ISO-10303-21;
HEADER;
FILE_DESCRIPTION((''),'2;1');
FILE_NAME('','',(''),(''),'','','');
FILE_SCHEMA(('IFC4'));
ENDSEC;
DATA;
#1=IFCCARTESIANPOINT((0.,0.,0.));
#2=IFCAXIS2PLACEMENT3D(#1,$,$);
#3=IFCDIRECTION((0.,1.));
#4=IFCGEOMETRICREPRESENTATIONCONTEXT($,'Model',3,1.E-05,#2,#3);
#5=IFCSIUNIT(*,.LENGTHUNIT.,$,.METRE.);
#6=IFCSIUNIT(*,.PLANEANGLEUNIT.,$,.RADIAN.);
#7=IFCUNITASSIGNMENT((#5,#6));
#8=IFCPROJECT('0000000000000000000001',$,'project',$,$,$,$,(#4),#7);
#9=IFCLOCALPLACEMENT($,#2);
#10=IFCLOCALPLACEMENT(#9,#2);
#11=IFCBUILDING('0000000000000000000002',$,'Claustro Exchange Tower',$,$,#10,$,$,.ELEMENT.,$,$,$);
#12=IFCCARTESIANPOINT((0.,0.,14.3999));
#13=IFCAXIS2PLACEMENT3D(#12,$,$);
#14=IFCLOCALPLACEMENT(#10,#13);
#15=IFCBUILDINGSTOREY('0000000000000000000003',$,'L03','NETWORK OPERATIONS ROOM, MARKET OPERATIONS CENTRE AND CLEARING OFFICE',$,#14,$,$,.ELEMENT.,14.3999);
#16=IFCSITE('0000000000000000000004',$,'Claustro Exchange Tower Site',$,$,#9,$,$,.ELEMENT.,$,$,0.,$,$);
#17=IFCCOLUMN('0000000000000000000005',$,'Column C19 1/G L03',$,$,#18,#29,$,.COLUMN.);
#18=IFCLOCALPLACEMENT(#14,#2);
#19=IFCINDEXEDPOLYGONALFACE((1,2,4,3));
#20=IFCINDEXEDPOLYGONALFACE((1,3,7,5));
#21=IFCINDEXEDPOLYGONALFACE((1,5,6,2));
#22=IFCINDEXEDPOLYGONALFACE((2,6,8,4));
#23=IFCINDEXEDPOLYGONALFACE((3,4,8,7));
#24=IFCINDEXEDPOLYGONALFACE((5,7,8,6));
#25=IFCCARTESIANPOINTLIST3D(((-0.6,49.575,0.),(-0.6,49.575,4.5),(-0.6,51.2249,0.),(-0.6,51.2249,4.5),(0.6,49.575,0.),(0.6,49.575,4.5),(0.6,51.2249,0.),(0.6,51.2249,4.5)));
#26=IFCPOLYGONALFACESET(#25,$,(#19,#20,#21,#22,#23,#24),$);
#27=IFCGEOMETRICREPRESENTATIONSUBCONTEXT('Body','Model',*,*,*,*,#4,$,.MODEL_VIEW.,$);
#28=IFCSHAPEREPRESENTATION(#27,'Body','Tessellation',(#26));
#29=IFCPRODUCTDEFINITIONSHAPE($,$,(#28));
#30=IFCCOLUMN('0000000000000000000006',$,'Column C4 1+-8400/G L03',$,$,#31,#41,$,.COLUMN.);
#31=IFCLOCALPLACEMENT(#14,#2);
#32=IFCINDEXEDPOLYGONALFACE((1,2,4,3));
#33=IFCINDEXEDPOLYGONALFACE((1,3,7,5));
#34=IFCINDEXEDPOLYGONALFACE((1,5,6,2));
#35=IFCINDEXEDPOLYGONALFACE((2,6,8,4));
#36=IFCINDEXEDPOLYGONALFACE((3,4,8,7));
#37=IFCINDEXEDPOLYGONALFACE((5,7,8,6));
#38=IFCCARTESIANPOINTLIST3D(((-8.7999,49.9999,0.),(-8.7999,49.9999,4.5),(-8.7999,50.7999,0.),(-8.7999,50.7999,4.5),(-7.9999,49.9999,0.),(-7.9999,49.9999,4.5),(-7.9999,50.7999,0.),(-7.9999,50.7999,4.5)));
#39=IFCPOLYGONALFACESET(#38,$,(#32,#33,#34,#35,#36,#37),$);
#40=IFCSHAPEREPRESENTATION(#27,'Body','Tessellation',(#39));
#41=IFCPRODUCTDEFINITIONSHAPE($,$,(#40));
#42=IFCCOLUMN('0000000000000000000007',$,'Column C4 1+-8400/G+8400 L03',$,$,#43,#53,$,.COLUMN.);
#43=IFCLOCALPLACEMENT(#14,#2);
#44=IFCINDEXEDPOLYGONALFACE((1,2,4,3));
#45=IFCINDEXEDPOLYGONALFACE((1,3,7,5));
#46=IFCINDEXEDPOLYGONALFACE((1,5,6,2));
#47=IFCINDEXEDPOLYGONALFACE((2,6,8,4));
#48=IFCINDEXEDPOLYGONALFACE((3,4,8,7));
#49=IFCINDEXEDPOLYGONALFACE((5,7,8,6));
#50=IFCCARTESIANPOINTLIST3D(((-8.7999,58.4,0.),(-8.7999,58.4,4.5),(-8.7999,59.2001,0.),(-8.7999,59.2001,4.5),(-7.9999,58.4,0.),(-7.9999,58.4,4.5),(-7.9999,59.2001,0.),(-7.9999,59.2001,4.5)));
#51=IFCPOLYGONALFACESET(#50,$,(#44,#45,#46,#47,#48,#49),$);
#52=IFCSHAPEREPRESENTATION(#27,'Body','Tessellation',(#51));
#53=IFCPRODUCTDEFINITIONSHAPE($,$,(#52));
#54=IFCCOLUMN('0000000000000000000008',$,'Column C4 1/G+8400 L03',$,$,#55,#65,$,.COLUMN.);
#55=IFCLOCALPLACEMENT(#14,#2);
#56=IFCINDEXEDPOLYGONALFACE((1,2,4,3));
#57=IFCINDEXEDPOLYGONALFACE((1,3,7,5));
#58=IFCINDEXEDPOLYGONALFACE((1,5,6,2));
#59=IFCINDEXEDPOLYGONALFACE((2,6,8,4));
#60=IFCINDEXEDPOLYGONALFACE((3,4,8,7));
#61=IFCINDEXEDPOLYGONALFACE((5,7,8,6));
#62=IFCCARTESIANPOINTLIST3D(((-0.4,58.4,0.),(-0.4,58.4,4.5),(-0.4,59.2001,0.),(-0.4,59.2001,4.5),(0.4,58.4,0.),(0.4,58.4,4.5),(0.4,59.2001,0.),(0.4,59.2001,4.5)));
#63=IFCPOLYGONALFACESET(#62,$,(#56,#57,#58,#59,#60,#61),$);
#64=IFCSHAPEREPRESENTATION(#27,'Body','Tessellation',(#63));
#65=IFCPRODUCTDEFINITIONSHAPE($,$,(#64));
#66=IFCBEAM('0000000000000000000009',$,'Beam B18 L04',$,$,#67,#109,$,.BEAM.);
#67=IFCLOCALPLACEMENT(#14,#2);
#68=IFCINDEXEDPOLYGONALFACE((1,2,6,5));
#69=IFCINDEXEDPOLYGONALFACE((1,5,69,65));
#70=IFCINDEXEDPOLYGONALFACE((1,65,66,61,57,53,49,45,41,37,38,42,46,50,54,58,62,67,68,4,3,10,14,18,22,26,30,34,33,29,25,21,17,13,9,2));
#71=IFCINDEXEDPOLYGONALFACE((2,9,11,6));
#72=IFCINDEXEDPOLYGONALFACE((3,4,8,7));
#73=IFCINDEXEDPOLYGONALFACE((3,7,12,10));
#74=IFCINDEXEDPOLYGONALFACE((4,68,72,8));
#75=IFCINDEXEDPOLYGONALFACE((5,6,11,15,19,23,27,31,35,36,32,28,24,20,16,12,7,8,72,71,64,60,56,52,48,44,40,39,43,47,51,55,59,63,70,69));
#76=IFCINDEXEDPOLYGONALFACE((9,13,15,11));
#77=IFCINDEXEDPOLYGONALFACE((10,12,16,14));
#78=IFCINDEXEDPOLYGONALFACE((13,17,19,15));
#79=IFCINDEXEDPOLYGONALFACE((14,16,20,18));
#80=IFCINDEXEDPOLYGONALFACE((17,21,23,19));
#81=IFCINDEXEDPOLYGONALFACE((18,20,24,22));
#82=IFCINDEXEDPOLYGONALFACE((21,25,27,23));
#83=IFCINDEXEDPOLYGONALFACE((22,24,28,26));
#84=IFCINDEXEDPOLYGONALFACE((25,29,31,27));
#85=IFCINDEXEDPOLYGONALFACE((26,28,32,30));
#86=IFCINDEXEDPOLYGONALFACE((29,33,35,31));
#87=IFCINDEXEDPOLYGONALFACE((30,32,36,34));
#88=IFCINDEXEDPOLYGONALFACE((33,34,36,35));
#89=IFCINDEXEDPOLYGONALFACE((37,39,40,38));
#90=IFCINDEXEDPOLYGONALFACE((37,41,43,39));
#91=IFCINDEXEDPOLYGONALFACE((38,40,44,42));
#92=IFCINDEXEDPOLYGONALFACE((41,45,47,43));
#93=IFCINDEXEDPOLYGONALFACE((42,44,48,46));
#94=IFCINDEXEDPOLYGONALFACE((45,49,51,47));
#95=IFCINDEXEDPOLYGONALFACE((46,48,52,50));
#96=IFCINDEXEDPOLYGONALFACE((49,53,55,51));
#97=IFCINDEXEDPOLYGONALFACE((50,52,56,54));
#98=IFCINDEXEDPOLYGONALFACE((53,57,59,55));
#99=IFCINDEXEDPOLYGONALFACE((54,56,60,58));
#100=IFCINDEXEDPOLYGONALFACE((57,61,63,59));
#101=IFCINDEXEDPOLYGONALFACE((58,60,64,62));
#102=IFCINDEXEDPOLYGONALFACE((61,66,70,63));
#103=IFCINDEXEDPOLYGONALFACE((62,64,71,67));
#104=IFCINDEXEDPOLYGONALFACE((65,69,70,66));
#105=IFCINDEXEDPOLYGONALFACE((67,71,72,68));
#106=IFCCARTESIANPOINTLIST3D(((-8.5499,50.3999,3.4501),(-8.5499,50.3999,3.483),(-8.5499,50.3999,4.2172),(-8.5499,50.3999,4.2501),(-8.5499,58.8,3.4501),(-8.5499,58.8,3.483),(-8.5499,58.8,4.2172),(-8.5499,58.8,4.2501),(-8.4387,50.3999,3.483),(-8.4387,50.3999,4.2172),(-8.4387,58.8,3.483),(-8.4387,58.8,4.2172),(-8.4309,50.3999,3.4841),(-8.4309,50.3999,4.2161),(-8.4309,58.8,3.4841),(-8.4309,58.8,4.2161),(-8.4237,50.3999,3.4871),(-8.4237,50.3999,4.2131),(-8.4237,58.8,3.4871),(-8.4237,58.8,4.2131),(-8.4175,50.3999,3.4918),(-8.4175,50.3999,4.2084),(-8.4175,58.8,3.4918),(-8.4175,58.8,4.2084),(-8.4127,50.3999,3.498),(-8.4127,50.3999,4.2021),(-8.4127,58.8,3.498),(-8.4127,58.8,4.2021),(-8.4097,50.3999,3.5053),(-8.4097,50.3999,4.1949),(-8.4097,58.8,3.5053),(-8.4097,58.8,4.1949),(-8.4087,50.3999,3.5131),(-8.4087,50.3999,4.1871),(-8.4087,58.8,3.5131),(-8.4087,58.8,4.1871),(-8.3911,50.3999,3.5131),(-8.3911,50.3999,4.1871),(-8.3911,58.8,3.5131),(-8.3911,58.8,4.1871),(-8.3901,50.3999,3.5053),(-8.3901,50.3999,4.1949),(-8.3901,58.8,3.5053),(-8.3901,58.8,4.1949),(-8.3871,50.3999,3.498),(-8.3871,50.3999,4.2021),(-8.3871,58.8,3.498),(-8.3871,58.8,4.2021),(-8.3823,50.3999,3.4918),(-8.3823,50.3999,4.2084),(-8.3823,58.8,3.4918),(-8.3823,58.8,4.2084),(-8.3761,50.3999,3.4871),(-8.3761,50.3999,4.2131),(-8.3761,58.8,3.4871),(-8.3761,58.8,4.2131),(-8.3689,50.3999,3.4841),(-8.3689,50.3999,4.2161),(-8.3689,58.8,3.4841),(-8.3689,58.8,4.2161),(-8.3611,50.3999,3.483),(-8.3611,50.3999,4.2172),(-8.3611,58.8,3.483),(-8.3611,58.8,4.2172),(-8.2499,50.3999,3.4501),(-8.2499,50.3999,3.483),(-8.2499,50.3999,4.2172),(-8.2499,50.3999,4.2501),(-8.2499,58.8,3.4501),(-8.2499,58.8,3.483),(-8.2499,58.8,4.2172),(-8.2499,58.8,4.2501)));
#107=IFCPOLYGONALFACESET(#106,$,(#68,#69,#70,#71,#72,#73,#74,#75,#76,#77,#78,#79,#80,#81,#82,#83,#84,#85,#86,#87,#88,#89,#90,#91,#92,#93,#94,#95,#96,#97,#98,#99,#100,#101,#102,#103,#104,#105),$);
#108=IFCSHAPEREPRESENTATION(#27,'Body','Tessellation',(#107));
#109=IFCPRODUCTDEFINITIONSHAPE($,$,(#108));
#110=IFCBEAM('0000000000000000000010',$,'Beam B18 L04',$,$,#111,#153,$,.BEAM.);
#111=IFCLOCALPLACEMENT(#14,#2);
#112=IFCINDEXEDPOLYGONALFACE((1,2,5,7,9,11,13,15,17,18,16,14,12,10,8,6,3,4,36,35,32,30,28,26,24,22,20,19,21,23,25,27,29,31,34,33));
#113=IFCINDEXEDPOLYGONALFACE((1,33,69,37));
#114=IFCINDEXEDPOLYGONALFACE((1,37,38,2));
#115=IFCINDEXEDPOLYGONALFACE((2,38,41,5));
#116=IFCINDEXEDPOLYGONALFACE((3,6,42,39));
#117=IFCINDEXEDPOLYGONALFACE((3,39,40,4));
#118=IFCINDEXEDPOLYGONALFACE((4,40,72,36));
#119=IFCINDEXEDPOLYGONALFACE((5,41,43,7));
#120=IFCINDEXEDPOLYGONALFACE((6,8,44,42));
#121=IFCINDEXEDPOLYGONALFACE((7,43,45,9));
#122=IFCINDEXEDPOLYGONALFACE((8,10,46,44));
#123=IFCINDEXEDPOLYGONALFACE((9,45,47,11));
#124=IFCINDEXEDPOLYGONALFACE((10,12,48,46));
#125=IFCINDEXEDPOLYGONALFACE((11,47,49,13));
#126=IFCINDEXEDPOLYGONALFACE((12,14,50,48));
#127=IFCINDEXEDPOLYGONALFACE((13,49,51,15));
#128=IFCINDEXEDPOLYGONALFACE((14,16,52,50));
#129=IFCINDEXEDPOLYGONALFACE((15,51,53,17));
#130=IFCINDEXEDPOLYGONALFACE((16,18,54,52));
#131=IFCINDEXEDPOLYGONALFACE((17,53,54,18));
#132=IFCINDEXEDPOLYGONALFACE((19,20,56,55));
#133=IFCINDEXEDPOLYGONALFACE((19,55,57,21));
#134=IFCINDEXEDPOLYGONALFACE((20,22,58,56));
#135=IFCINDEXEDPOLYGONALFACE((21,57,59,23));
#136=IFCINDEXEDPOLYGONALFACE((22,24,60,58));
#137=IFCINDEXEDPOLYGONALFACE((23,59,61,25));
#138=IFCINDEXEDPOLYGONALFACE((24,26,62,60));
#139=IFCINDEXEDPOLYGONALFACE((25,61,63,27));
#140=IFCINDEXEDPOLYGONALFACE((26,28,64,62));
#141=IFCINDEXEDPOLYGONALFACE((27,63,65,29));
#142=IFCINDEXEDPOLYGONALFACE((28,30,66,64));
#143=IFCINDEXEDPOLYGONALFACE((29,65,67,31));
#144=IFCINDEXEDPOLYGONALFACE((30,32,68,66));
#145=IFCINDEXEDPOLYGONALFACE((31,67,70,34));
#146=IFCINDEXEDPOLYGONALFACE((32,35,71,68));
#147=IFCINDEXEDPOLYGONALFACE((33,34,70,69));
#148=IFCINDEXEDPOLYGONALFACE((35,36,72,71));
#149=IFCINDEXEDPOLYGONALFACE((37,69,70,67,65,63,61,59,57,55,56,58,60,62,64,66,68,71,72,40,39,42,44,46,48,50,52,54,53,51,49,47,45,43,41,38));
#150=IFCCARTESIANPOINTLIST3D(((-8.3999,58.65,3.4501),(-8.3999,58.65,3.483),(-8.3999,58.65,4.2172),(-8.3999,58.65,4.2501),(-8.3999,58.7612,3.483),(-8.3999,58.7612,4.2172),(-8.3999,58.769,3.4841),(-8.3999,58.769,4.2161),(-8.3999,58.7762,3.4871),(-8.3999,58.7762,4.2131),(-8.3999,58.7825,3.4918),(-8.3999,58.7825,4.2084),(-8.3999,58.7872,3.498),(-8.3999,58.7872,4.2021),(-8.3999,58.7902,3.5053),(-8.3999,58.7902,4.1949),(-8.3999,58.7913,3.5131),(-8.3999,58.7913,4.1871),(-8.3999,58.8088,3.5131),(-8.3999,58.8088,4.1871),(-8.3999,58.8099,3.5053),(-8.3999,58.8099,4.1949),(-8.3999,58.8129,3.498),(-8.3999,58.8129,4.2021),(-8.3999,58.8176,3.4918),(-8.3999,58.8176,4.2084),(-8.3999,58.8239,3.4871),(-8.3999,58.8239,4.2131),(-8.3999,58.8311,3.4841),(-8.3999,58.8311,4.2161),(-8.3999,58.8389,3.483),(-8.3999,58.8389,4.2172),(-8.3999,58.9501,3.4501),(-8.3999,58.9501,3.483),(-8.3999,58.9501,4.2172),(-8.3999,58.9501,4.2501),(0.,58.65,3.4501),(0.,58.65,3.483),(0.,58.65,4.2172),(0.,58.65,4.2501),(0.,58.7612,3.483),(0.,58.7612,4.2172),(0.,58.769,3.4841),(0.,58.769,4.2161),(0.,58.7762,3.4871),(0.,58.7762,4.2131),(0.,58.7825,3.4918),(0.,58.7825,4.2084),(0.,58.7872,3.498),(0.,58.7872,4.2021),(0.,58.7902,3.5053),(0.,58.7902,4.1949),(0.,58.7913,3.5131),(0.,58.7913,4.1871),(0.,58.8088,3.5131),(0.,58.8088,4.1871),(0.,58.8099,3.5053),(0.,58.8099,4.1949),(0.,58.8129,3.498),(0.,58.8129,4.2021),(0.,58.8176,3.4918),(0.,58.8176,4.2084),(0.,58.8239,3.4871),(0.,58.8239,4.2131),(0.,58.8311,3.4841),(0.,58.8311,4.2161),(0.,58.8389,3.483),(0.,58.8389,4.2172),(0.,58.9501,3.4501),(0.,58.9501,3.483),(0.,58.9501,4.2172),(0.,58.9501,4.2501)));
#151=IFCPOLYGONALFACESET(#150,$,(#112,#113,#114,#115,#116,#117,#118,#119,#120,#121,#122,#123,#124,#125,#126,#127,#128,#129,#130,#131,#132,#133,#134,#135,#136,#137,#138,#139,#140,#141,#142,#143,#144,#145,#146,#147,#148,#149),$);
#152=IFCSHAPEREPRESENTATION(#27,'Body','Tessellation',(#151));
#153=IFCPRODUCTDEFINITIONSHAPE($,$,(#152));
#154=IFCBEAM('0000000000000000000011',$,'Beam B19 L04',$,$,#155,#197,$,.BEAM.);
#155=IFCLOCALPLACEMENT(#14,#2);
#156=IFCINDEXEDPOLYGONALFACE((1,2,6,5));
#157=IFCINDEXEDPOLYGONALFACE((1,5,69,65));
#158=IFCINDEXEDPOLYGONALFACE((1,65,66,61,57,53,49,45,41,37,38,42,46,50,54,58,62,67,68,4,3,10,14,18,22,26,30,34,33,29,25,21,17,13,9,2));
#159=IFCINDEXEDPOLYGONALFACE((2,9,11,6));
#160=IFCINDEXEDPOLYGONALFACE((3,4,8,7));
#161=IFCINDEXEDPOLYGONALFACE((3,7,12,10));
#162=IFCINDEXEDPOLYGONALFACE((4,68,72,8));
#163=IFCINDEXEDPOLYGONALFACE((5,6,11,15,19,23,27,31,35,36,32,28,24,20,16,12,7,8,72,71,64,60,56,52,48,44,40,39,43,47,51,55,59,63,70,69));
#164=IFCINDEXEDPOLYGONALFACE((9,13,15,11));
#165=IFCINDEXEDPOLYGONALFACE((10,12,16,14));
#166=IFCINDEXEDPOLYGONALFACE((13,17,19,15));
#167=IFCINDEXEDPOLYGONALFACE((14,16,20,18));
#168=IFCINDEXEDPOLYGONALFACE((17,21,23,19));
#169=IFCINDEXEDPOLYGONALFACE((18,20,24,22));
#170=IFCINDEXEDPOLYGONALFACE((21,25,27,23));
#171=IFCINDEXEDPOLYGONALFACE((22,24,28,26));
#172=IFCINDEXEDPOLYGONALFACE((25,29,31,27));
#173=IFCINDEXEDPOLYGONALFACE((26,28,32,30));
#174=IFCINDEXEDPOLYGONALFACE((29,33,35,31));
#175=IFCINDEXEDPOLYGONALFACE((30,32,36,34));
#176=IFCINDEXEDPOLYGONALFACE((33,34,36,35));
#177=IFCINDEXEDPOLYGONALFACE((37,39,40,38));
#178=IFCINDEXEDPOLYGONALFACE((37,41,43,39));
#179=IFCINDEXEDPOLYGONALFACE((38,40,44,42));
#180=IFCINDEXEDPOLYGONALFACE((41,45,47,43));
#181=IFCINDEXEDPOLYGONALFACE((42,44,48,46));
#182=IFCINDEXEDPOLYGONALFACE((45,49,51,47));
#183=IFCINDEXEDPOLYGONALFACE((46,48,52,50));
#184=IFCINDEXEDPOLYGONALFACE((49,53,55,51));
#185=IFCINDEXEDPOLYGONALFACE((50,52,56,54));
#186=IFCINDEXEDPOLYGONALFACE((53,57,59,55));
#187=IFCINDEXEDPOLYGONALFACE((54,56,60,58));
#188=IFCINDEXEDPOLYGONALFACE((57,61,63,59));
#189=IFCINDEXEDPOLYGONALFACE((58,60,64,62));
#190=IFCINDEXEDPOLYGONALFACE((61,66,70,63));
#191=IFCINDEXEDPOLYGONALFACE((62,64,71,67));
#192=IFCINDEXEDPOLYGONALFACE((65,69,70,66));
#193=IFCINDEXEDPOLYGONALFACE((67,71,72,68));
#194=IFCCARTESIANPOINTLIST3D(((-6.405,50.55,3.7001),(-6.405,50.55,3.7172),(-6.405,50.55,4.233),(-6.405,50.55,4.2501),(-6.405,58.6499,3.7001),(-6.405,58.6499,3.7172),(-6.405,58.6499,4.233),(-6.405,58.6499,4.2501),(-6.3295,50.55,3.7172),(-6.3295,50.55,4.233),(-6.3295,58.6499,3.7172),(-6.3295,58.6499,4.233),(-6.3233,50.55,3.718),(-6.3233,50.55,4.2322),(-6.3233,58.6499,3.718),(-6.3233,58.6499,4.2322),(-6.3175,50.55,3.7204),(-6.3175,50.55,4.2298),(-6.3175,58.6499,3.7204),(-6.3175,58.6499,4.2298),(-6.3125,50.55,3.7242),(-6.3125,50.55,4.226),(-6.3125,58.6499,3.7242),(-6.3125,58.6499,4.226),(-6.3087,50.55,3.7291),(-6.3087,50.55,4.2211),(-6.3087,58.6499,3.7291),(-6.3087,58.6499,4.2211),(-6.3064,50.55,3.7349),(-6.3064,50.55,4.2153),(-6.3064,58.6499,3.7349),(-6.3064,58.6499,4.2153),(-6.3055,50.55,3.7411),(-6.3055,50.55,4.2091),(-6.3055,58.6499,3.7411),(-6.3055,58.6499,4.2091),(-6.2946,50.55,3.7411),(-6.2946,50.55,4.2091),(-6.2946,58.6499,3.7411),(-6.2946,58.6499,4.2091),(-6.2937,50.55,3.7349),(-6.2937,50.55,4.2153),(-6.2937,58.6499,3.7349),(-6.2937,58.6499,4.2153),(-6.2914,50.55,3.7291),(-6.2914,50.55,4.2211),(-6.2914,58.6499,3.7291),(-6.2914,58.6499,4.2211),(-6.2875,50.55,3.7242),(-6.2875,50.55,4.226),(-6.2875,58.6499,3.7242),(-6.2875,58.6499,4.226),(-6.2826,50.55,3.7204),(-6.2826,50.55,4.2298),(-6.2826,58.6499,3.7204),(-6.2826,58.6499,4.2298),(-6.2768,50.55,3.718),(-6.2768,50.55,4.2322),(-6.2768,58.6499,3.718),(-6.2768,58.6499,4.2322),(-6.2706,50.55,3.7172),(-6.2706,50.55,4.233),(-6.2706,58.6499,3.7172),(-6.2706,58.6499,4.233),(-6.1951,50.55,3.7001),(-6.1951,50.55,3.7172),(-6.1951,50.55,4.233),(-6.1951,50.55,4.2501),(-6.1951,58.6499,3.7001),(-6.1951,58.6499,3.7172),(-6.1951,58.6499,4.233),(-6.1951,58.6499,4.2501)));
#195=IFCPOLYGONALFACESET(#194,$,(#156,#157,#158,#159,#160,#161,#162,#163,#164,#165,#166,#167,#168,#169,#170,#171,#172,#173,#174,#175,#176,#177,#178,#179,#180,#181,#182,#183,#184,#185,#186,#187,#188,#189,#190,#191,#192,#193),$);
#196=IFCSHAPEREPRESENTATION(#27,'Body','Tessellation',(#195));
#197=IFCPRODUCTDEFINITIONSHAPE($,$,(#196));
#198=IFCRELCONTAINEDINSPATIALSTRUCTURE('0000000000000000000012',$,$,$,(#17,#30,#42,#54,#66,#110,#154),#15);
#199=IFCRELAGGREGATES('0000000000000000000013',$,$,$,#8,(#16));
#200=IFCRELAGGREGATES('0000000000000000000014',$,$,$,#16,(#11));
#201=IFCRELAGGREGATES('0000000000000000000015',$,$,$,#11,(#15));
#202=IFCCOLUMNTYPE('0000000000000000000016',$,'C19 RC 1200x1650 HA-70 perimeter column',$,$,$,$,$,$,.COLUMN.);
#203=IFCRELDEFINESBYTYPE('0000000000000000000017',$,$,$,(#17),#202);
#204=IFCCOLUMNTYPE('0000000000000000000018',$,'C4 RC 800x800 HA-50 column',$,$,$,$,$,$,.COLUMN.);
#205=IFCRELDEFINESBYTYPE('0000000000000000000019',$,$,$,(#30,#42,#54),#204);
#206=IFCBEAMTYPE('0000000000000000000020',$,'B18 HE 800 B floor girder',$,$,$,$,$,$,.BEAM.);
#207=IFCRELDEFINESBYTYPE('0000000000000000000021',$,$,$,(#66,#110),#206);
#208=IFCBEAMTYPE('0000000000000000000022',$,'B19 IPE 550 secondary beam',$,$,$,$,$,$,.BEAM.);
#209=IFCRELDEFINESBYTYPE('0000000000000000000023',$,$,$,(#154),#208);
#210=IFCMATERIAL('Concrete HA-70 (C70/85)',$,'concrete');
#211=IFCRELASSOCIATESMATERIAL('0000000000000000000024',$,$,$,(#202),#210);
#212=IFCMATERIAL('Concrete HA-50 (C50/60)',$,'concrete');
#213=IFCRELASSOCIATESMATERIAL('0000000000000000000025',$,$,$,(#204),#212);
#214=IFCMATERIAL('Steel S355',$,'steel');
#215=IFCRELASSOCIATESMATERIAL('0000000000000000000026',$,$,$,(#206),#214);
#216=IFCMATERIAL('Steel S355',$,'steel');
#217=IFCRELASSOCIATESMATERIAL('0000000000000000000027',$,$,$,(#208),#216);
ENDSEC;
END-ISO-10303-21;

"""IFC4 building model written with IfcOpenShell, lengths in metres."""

from ifc_helpers import new_model, si_unit, direction, frame, origin, origin_2d, place, context, subcontext, project, spatial, rectangle, i_section, extrude, material, material_profile, profile_set, type_object, element, save


model = new_model("IFC4")

# Units and contexts
model_context = context("Model", 3, precision=1e-05, world=origin(), true_north=direction((0.0, 1.0)))
body_context = subcontext(model_context, "Body", "Model", "MODEL_VIEW")
ifc_project = project(units=[si_unit("LENGTHUNIT", "METRE"), si_unit("PLANEANGLEUNIT", "RADIAN")], contexts=[model_context])

# Site, building, storey
site_placement = place(None, origin())
site = spatial("IfcSite", under=ifc_project, at=site_placement, Name="Claustro Exchange Tower Site", CompositionType="ELEMENT", RefElevation=0.0)
building_placement = place(site_placement, origin())
building = spatial("IfcBuilding", under=site, at=building_placement, Name="Claustro Exchange Tower", CompositionType="ELEMENT")
storey_placement = place(building_placement, frame((0.0, 0.0, 14.3999)))
storey = spatial("IfcBuildingStorey", under=building, at=storey_placement, Name="L03", Description="NETWORK OPERATIONS ROOM, MARKET OPERATIONS CENTRE AND CLEARING OFFICE", CompositionType="ELEMENT", Elevation=14.3999)

# Columns
ifc_material_1 = material(Name="Concrete HA-70 (C70/85)", Category="concrete")
ifc_material_profile_1 = material_profile(ifc_material_1, rectangle(XDim=1.2, YDim=1.6499, at=origin_2d()), Name="RC 1200x1650")
ifc_profile_set_1 = profile_set([ifc_material_profile_1], Name="Concrete HA-70 (C70/85)")
column_type_1 = type_object("IfcColumnType", Name="C19 RC 1200x1650 HA-70 perimeter column", PredefinedType="COLUMN", material=ifc_profile_set_1)
column_placement = place(storey_placement, frame((0.0, 50.3999, 0.0), z_axis=(0.0, 0.0, 1.0), x_axis=(1.0, 0.0, 0.0)))
element("IfcColumn", 1, at=column_placement, inside=storey, type_object=column_type_1, Name="Column C19 1/G L03", PredefinedType="COLUMN", context=body_context, shape_type="SweptSolid", body=[
    extrude(rectangle(XDim=1.2, YDim=1.6499, at=origin_2d()), origin(), (0.0, 0.0, 1.0), 4.5),
])
ifc_material_2 = material(Name="Concrete HA-50 (C50/60)", Category="concrete")
ifc_material_profile_2 = material_profile(ifc_material_2, rectangle(XDim=0.8, YDim=0.8, at=origin_2d()), Name="RC 800x800")
ifc_profile_set_2 = profile_set([ifc_material_profile_2], Name="Concrete HA-50 (C50/60)")
column_type_2 = type_object("IfcColumnType", Name="C4 RC 800x800 HA-50 column", PredefinedType="COLUMN", material=ifc_profile_set_2)
for number, where, z_axis, x_axis, name in (
    (2, (-8.3999, 50.3999, 0.0), (0.0, 0.0, 1.0), (1.0, 0.0, 0.0), "Column C4 1+-8400/G L03"),
    (3, (-8.3999, 58.8, 0.0), (0.0, 0.0, 1.0), (1.0, 0.0, 0.0), "Column C4 1+-8400/G+8400 L03"),
    (4, (0.0, 58.8, 0.0), (0.0, 0.0, 1.0), (1.0, 0.0, 0.0), "Column C4 1/G+8400 L03"),
):
    element("IfcColumn", number, at=place(storey_placement, frame(where, z_axis=z_axis, x_axis=x_axis)), inside=storey, type_object=column_type_2, Name=name, PredefinedType="COLUMN", context=body_context, shape_type="SweptSolid", body=[
        extrude(rectangle(XDim=0.8, YDim=0.8, at=origin_2d()), origin(), (0.0, 0.0, 1.0), 4.5),
    ])

# Beams
ifc_material_3 = material(Name="Steel S355", Category="steel")
ifc_material_profile_3 = material_profile(ifc_material_3, i_section(OverallWidth=0.3, OverallDepth=0.8, WebThickness=0.0176, FlangeThickness=0.033, FilletRadius=0.03, at=origin_2d()), Name="HE 800 B")
ifc_profile_set_3 = profile_set([ifc_material_profile_3], Name="Steel S355")
beam_type_1 = type_object("IfcBeamType", Name="B18 HE 800 B floor girder", PredefinedType="BEAM", material=ifc_profile_set_3)
beam_1_placement = place(storey_placement, frame((-8.3999, 50.3999, 3.8501), z_axis=(0.0, 1.0, 0.0), x_axis=(-1.0, 0.0, 0.0)))
element("IfcBeam", 5, at=beam_1_placement, inside=storey, type_object=beam_type_1, Name="Beam B18 L04", PredefinedType="BEAM", context=body_context, shape_type="SweptSolid", body=[
    extrude(i_section(OverallWidth=0.3, OverallDepth=0.8, WebThickness=0.0176, FlangeThickness=0.033, FilletRadius=0.03, at=origin_2d()), origin(), (0.0, 0.0, 1.0), 8.4001),
])
beam_2_placement = place(storey_placement, frame((-8.3999, 58.8, 3.8501), z_axis=(1.0, 0.0, 0.0), x_axis=(0.0, 1.0, 0.0)))
element("IfcBeam", 6, at=beam_2_placement, inside=storey, type_object=beam_type_1, Name="Beam B18 L04", PredefinedType="BEAM", context=body_context, shape_type="SweptSolid", body=[
    extrude(i_section(OverallWidth=0.3, OverallDepth=0.8, WebThickness=0.0176, FlangeThickness=0.033, FilletRadius=0.03, at=origin_2d()), origin(), (0.0, 0.0, 1.0), 8.3999),
])
ifc_material_4 = material(Name="Steel S355", Category="steel")
ifc_material_profile_4 = material_profile(ifc_material_4, i_section(OverallWidth=0.21, OverallDepth=0.55, WebThickness=0.011, FlangeThickness=0.0171, FilletRadius=0.0239, at=origin_2d()), Name="IPE 550")
ifc_profile_set_4 = profile_set([ifc_material_profile_4], Name="Steel S355")
beam_type_2 = type_object("IfcBeamType", Name="B19 IPE 550 secondary beam", PredefinedType="BEAM", material=ifc_profile_set_4)
for number, where, z_axis, x_axis, name in (
    (7, (-6.3, 50.55, 3.9751), (0.0, 1.0, 0.0), (-1.0, 0.0, 0.0), "Beam B19 L04"),
):
    element("IfcBeam", number, at=place(storey_placement, frame(where, z_axis=z_axis, x_axis=x_axis)), inside=storey, type_object=beam_type_2, Name=name, PredefinedType="BEAM", context=body_context, shape_type="SweptSolid", body=[
        extrude(i_section(OverallWidth=0.21, OverallDepth=0.55, WebThickness=0.011, FlangeThickness=0.0171, FilletRadius=0.0239, at=origin_2d()), origin(), (0.0, 0.0, 1.0), 8.0999),
    ])

save(model, "model.ifc")
